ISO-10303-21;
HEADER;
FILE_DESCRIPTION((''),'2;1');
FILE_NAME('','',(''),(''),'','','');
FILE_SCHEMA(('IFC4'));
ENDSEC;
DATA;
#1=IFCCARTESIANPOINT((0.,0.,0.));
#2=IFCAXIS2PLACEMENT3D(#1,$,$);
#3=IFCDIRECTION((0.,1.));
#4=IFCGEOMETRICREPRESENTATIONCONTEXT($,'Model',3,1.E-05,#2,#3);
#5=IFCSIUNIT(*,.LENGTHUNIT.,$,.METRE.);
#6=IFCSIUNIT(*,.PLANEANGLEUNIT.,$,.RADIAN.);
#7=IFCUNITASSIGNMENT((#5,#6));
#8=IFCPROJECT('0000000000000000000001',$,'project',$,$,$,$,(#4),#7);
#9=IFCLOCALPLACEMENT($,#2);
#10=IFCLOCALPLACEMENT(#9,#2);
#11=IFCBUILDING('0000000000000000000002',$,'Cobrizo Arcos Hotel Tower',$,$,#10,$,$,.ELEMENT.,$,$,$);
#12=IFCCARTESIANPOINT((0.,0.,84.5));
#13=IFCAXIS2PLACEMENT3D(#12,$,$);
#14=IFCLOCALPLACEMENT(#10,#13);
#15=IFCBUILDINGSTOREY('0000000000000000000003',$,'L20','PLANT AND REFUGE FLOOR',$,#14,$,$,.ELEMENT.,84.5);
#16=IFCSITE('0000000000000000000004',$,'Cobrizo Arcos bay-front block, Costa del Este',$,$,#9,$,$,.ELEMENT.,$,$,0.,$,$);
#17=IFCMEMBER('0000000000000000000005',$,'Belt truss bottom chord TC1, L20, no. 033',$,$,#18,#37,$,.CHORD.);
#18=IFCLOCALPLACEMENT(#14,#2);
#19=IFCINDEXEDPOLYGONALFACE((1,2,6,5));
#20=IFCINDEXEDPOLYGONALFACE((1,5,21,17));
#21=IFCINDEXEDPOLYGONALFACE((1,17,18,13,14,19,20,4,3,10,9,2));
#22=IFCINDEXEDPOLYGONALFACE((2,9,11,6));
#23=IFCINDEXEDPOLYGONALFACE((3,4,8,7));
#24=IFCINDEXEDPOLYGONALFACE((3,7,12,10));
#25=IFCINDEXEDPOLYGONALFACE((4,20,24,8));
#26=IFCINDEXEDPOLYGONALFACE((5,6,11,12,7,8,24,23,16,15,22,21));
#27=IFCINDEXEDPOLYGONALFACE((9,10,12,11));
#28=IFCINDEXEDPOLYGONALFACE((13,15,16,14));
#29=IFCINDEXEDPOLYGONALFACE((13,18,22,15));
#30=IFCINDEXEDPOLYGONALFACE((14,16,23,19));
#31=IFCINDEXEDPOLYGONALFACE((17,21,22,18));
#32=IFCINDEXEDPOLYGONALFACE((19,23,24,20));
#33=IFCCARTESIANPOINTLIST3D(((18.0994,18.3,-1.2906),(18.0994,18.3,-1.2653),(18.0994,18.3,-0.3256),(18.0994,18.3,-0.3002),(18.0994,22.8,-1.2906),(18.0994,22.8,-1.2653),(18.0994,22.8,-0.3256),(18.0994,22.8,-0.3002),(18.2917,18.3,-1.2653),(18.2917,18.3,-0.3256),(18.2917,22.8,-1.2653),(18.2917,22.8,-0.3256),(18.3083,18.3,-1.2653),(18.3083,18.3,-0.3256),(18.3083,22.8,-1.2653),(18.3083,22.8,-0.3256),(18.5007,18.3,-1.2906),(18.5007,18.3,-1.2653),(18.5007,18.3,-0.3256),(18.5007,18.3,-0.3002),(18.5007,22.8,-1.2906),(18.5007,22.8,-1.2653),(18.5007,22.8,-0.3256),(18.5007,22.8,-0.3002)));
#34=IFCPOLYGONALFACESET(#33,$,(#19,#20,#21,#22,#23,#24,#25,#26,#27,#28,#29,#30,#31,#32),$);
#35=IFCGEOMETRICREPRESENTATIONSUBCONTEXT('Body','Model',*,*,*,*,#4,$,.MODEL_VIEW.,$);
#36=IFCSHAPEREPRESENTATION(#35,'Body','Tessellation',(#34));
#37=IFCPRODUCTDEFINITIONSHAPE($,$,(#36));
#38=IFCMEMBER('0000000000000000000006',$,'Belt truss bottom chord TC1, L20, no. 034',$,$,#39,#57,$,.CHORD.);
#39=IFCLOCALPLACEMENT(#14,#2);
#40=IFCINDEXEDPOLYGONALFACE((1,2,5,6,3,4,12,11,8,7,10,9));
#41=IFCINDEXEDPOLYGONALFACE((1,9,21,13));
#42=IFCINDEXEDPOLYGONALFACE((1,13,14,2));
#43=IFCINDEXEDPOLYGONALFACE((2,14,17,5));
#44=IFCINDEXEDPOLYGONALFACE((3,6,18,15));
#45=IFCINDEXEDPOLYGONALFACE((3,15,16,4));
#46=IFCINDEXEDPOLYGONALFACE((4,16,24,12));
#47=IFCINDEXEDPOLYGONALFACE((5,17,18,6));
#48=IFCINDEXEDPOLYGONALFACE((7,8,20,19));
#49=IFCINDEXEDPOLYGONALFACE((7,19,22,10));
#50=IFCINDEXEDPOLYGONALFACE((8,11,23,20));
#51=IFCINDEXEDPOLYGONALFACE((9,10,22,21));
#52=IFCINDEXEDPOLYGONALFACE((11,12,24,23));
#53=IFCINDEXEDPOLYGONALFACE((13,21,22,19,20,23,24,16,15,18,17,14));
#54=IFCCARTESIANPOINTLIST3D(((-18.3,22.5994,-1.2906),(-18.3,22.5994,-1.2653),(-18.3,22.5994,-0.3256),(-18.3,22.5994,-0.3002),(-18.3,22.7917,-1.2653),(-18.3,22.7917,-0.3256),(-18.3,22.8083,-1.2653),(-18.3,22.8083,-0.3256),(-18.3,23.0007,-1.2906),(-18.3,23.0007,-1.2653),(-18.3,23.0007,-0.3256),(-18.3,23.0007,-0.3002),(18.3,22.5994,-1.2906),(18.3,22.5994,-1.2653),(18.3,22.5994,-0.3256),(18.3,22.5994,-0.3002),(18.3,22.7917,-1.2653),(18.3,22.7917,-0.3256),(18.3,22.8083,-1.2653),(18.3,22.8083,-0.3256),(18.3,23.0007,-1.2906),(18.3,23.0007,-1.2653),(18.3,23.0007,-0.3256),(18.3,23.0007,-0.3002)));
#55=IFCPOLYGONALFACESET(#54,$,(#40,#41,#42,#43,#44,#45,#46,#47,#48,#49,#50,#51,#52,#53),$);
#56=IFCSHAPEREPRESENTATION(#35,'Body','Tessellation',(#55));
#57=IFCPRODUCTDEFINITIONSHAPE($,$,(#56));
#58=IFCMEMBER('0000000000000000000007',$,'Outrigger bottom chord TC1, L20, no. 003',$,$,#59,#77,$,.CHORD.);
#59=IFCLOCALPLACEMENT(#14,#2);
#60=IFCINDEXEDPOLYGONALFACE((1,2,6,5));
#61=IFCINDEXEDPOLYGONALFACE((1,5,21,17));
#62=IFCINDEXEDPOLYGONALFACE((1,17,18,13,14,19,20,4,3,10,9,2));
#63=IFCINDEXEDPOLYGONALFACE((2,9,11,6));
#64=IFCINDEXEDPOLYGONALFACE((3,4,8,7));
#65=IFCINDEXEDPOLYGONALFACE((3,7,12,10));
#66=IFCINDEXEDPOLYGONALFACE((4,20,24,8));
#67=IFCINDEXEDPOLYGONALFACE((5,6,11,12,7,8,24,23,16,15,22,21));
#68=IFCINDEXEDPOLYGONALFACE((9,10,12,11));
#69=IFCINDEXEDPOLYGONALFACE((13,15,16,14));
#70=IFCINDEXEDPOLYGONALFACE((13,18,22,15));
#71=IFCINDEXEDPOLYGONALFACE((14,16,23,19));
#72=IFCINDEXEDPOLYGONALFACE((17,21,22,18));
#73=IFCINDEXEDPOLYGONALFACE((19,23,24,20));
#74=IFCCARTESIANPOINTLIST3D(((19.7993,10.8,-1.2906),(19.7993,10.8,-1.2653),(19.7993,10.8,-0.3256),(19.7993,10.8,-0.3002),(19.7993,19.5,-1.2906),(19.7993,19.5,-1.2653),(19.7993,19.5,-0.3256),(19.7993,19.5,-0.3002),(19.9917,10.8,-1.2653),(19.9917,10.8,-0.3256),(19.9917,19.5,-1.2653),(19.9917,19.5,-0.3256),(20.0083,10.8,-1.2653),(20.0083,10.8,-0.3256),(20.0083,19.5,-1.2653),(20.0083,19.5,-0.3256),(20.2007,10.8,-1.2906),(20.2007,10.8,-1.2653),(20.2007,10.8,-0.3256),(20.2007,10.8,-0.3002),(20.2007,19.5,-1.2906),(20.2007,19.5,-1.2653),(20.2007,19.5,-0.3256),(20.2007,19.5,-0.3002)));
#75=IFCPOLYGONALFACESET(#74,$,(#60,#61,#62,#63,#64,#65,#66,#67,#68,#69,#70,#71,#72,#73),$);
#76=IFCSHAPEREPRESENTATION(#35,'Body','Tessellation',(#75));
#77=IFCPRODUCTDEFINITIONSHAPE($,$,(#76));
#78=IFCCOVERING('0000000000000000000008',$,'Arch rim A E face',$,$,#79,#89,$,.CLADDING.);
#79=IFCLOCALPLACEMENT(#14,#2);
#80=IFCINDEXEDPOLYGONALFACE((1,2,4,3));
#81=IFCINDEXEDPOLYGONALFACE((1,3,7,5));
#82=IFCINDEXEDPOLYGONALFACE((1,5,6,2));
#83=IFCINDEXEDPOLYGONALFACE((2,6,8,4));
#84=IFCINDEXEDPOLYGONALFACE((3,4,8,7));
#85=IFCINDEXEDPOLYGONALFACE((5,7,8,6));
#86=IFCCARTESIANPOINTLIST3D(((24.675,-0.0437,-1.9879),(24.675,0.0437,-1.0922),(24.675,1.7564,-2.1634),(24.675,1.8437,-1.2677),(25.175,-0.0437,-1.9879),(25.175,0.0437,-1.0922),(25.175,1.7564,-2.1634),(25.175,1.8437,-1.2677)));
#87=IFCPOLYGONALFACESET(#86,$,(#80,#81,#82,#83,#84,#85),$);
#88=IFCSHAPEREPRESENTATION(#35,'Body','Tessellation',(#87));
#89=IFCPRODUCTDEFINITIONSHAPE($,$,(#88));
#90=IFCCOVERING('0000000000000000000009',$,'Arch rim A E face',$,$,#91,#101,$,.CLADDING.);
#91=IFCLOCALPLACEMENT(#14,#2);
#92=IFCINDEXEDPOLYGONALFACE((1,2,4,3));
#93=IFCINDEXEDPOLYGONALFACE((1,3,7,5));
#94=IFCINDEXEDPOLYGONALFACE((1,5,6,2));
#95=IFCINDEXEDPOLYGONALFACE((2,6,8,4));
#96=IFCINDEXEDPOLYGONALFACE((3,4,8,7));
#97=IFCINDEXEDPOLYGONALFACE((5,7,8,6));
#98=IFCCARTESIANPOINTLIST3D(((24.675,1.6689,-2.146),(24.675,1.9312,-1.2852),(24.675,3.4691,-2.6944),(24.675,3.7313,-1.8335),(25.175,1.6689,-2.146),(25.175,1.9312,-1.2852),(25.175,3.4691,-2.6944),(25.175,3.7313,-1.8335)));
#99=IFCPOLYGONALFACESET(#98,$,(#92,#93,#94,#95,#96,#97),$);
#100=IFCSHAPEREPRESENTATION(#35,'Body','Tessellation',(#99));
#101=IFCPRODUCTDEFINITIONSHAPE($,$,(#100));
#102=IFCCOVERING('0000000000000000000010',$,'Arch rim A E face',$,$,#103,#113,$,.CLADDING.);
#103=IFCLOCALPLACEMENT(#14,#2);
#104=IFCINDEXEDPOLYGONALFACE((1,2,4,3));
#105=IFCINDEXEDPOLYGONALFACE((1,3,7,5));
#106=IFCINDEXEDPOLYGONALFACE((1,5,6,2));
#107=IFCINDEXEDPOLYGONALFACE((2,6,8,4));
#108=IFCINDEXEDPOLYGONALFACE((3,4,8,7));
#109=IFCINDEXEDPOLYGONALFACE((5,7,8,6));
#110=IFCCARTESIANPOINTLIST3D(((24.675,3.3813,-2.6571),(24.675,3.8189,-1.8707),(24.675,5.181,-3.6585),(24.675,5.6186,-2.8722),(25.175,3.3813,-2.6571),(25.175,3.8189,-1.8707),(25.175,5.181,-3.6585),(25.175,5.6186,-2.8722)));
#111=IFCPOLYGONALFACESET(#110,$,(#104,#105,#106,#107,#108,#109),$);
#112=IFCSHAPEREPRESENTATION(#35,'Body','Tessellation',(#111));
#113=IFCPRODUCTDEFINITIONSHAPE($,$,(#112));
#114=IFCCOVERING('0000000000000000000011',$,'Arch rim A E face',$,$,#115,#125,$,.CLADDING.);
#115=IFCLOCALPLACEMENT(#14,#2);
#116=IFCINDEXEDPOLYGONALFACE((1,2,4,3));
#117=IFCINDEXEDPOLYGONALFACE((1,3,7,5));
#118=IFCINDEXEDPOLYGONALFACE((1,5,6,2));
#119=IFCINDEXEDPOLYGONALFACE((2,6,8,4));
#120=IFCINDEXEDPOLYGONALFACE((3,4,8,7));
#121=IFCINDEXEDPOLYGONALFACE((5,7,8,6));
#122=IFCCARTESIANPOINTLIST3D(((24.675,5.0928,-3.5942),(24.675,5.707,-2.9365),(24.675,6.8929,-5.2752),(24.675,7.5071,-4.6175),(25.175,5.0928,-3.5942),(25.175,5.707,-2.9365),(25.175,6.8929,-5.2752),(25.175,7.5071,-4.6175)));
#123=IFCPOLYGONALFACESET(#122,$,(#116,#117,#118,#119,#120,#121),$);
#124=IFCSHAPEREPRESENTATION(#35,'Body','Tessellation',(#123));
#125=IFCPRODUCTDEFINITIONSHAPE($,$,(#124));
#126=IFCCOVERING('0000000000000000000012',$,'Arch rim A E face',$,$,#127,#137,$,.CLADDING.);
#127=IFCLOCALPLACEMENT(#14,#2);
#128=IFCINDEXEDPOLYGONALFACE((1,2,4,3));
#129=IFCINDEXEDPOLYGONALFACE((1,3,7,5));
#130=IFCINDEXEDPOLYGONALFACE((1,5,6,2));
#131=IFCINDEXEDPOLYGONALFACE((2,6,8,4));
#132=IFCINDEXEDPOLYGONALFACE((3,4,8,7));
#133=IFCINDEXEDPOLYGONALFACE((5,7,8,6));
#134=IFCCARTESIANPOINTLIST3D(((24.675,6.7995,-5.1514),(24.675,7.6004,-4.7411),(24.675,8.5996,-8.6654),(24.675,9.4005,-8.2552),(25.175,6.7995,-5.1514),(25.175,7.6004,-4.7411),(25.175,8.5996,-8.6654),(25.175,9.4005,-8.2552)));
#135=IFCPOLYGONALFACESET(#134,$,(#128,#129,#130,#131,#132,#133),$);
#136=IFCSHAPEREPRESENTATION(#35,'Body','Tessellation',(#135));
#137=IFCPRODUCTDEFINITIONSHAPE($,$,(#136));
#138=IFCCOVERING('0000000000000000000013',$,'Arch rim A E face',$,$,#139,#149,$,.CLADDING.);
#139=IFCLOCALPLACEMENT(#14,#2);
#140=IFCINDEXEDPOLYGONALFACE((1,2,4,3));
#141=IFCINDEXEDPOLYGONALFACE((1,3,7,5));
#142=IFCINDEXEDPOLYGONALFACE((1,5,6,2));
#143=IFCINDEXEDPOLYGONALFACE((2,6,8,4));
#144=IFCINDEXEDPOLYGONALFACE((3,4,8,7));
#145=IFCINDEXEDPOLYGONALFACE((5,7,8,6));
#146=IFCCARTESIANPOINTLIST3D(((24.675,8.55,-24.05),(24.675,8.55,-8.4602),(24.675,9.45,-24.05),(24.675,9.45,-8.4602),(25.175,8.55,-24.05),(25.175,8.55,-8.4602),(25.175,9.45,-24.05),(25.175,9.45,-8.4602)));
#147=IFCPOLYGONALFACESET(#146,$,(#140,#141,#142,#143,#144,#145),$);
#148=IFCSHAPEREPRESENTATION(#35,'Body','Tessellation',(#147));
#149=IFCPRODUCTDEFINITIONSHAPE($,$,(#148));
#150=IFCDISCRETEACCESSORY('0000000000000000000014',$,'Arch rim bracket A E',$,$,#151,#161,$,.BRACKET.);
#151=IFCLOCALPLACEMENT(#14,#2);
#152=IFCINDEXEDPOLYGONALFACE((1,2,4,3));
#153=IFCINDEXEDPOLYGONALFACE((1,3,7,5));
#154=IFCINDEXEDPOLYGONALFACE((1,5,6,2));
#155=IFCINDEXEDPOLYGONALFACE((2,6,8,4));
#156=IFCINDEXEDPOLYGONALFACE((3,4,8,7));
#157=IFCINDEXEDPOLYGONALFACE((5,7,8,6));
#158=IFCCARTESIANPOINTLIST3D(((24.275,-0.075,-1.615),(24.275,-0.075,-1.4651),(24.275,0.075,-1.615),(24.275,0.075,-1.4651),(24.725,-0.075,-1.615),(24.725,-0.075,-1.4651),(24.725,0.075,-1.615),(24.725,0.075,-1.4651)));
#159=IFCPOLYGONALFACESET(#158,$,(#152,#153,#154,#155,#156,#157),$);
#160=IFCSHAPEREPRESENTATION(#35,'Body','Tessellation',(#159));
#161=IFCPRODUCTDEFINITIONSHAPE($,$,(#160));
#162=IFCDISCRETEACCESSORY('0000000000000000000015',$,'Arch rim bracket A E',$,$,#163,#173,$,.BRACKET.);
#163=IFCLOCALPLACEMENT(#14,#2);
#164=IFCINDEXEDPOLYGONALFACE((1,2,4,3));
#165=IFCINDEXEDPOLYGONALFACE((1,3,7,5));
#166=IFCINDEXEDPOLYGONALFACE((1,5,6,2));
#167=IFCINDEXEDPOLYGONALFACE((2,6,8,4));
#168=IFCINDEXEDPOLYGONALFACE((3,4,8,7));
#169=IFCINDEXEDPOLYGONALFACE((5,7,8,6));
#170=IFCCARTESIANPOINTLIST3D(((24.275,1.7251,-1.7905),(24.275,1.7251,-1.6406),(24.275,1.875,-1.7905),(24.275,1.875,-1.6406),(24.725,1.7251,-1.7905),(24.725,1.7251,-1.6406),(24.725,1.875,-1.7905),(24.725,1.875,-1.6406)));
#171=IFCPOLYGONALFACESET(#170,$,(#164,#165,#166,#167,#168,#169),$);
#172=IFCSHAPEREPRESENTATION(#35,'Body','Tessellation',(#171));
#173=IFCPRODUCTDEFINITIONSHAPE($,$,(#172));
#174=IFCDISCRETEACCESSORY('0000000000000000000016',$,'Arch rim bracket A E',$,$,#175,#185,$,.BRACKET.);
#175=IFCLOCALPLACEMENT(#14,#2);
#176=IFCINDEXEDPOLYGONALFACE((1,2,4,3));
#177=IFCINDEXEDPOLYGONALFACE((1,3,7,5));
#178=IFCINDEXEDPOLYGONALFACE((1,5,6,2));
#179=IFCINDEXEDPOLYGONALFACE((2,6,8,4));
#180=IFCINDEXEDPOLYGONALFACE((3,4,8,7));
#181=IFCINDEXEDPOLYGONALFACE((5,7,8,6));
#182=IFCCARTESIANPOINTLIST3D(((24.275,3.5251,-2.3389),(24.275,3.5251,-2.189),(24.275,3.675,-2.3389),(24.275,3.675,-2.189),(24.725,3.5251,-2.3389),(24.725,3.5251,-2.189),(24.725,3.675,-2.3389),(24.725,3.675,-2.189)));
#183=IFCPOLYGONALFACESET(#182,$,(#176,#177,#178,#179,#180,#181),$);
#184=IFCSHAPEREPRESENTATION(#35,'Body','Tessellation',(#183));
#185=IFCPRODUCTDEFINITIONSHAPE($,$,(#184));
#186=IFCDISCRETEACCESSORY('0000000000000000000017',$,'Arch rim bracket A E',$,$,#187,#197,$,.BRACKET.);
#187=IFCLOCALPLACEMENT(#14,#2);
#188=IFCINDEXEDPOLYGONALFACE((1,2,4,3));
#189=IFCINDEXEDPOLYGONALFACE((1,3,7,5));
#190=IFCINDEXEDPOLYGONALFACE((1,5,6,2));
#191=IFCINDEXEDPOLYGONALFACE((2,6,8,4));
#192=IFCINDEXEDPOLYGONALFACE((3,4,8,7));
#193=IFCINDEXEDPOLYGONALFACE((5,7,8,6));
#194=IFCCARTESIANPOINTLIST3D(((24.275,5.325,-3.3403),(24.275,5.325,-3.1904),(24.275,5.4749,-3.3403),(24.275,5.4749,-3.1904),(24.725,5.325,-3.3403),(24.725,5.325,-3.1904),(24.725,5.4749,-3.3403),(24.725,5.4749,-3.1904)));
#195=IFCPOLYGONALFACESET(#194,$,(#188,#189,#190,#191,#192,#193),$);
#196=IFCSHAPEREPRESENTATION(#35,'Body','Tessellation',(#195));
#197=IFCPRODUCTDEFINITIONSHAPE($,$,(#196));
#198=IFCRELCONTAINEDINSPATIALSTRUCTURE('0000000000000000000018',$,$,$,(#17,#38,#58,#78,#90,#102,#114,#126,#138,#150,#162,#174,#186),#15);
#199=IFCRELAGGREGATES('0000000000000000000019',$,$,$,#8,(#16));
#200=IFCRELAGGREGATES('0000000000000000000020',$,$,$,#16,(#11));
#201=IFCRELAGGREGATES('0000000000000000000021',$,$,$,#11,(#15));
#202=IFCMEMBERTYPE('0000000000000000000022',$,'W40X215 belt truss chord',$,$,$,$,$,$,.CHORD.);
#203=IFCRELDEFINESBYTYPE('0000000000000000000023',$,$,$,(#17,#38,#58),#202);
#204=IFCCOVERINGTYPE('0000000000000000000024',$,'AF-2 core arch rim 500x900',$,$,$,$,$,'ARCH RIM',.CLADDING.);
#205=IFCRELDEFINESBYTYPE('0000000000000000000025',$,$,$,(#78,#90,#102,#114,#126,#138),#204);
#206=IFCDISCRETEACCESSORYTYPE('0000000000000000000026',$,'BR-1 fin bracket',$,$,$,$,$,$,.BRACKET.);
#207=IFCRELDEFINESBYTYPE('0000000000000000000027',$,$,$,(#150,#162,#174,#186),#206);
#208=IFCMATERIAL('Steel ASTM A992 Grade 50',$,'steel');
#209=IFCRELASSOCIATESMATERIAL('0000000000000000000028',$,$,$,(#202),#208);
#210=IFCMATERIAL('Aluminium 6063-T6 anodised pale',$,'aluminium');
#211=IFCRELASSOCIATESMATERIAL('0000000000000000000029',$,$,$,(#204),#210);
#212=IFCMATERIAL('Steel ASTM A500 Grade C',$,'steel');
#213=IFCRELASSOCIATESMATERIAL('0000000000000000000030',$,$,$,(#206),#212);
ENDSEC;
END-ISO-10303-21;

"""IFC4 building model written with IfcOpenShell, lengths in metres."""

from ifc_helpers import new_model, si_unit, direction, frame, origin, origin_2d, place, context, subcontext, project, spatial, rectangle, i_section, extrude, material, material_profile, profile_set, type_object, element, save


model = new_model("IFC4")

# Units and contexts
model_context = context("Model", 3, precision=1e-05, world=origin(), true_north=direction((0.0, 1.0)))
body_context = subcontext(model_context, "Body", "Model", "MODEL_VIEW")
ifc_project = project(units=[si_unit("LENGTHUNIT", "METRE"), si_unit("PLANEANGLEUNIT", "RADIAN")], contexts=[model_context])

# Site, building, storey
site_placement = place(None, origin())
site = spatial("IfcSite", under=ifc_project, at=site_placement, Name="Cobrizo Arcos bay-front block, Costa del Este", CompositionType="ELEMENT", RefElevation=0.0)
building_placement = place(site_placement, origin())
building = spatial("IfcBuilding", under=site, at=building_placement, Name="Cobrizo Arcos Hotel Tower", CompositionType="ELEMENT")
storey_placement = place(building_placement, frame((0.0, 0.0, 84.5)))
storey = spatial("IfcBuildingStorey", under=building, at=storey_placement, Name="L20", Description="PLANT AND REFUGE FLOOR", CompositionType="ELEMENT", Elevation=84.5)

# Shared definitions
ifc_material_1 = material(Name="Steel ASTM A992 Grade 50", Category="steel")

# Members
ifc_material_profile_1 = material_profile(ifc_material_1, i_section(OverallWidth=0.4014, OverallDepth=0.9905, WebThickness=0.0166, FlangeThickness=0.0254, at=origin_2d()), Name="W40X215")
ifc_profile_set_1 = profile_set([ifc_material_profile_1], Name="Steel ASTM A992 Grade 50")
member_type = type_object("IfcMemberType", Name="W40X215 belt truss chord", PredefinedType="CHORD", material=ifc_profile_set_1)
for number, where, z_axis, x_axis, name in (
    (1, (18.3, 18.3, -0.7954), (0.0, 1.0, 0.0), (-1.0, 0.0, 0.0), "Belt truss bottom chord TC1, L20, no. 033"),
):
    element("IfcMember", number, at=place(storey_placement, frame(where, z_axis=z_axis, x_axis=x_axis)), inside=storey, type_object=member_type, Name=name, PredefinedType="CHORD", context=body_context, shape_type="SweptSolid", body=[
        extrude(i_section(OverallWidth=0.4014, OverallDepth=0.9905, WebThickness=0.0166, FlangeThickness=0.0254, at=origin_2d()), origin(), (0.0, 0.0, 1.0), 4.5),
    ])
member_1_placement = place(storey_placement, frame((18.3, 22.8, -0.7954), z_axis=(-1.0, 0.0, 0.0), x_axis=(0.0, -1.0, 0.0)))
element("IfcMember", 2, at=member_1_placement, inside=storey, type_object=member_type, Name="Belt truss bottom chord TC1, L20, no. 034", PredefinedType="CHORD", context=body_context, shape_type="SweptSolid", body=[
    extrude(i_section(OverallWidth=0.4014, OverallDepth=0.9905, WebThickness=0.0166, FlangeThickness=0.0254, at=origin_2d()), origin(), (0.0, 0.0, 1.0), 36.6001),
])
member_2_placement = place(storey_placement, frame((20.0, 10.8, -0.7954), z_axis=(0.0, 1.0, 0.0), x_axis=(-1.0, 0.0, 0.0)))
element("IfcMember", 3, at=member_2_placement, inside=storey, type_object=member_type, Name="Outrigger bottom chord TC1, L20, no. 003", PredefinedType="CHORD", context=body_context, shape_type="SweptSolid", body=[
    extrude(i_section(OverallWidth=0.4014, OverallDepth=0.9905, WebThickness=0.0166, FlangeThickness=0.0254, at=origin_2d()), origin(), (0.0, 0.0, 1.0), 8.7),
])

# Coverings
ifc_material_2 = material(Name="Aluminium 6063-T6 anodised pale", Category="aluminium")
ifc_material_profile_2 = material_profile(ifc_material_2, rectangle(XDim=0.5, YDim=0.8999, at=origin_2d()), Name="AF-2 core arch rim 500x900")
ifc_profile_set_2 = profile_set([ifc_material_profile_2], Name="Aluminium 6063-T6 anodised pale")
covering_type = type_object("IfcCoveringType", Name="AF-2 core arch rim 500x900", ElementType="ARCH RIM", PredefinedType="CLADDING", material=ifc_profile_set_2)
covering_1_placement = place(storey_placement, frame((24.925, 0.0, -1.54), z_axis=(0.0, 0.995279, -0.097058), x_axis=(-1.0, 0.0, 0.0)))
element("IfcCovering", 4, at=covering_1_placement, inside=storey, type_object=covering_type, Name="Arch rim A E face", PredefinedType="CLADDING", context=body_context, shape_type="SweptSolid", body=[
    extrude(rectangle(XDim=0.5, YDim=0.8999, at=origin_2d()), origin(), (0.0, 0.0, 1.0), 1.8086),
])
covering_2_placement = place(storey_placement, frame((24.925, 1.8, -1.7156), z_axis=(0.0, 0.9566, -0.291404), x_axis=(-1.0, 0.0, 0.0)))
element("IfcCovering", 5, at=covering_2_placement, inside=storey, type_object=covering_type, Name="Arch rim A E face", PredefinedType="CLADDING", context=body_context, shape_type="SweptSolid", body=[
    extrude(rectangle(XDim=0.5, YDim=0.8999, at=origin_2d()), origin(), (0.0, 0.0, 1.0), 1.8818),
])
covering_3_placement = place(storey_placement, frame((24.925, 3.6001, -2.2639), z_axis=(0.0, 0.873833, -0.486227), x_axis=(-1.0, 0.0, 0.0)))
element("IfcCovering", 6, at=covering_3_placement, inside=storey, type_object=covering_type, Name="Arch rim A E face", PredefinedType="CLADDING", context=body_context, shape_type="SweptSolid", body=[
    extrude(rectangle(XDim=0.5, YDim=0.8999, at=origin_2d()), origin(), (0.0, 0.0, 1.0), 2.0596),
])
covering_4_placement = place(storey_placement, frame((24.925, 5.3999, -3.2654), z_axis=(0.0, 0.730881, -0.682505), x_axis=(-1.0, 0.0, 0.0)))
element("IfcCovering", 7, at=covering_4_placement, inside=storey, type_object=covering_type, Name="Arch rim A E face", PredefinedType="CLADDING", context=body_context, shape_type="SweptSolid", body=[
    extrude(rectangle(XDim=0.5, YDim=0.8999, at=origin_2d()), origin(), (0.0, 0.0, 1.0), 2.4629),
])
covering_5_placement = place(storey_placement, frame((24.925, 7.2, -4.9463), z_axis=(0.0, 0.455924, -0.890019), x_axis=(-1.0, 0.0, 0.0)))
element("IfcCovering", 8, at=covering_5_placement, inside=storey, type_object=covering_type, Name="Arch rim A E face", PredefinedType="CLADDING", context=body_context, shape_type="SweptSolid", body=[
    extrude(rectangle(XDim=0.5, YDim=0.8999, at=origin_2d()), origin(), (0.0, 0.0, 1.0), 3.9482),
])
covering_6_placement = place(storey_placement, frame((24.925, 9.0, -24.05), z_axis=(0.0, 0.0, 1.0), x_axis=(1.0, 0.0, 0.0)))
element("IfcCovering", 9, at=covering_6_placement, inside=storey, type_object=covering_type, Name="Arch rim A E face", PredefinedType="CLADDING", context=body_context, shape_type="SweptSolid", body=[
    extrude(rectangle(XDim=0.5, YDim=0.8999, at=origin_2d()), origin(), (0.0, 0.0, 1.0), 15.5898),
])

# Discrete accessories
ifc_material_3 = material(Name="Steel ASTM A500 Grade C", Category="steel")
discrete_accessory_type_1 = type_object("IfcDiscreteAccessoryType", Name="BR-1 fin bracket", PredefinedType="BRACKET", material=ifc_material_3)
for number, where, z_axis, x_axis, name in (
    (10, (24.5, 0.0, -1.615), (0.0, 0.0, 1.0), (1.0, 0.0, 0.0), "Arch rim bracket A E"),
    (11, (24.5, 1.8, -1.7905), (0.0, 0.0, 1.0), (1.0, 0.0, 0.0), "Arch rim bracket A E"),
    (12, (24.5, 3.6001, -2.3389), (0.0, 0.0, 1.0), (1.0, 0.0, 0.0), "Arch rim bracket A E"),
    (13, (24.5, 5.3999, -3.3403), (0.0, 0.0, 1.0), (1.0, 0.0, 0.0), "Arch rim bracket A E"),
):
    element("IfcDiscreteAccessory", number, at=place(storey_placement, frame(where, z_axis=z_axis, x_axis=x_axis)), inside=storey, type_object=discrete_accessory_type_1, Name=name, PredefinedType="BRACKET", context=body_context, shape_type="SweptSolid", body=[
        extrude(rectangle(XDim=0.45, YDim=0.1499, at=origin_2d()), origin(), (0.0, 0.0, 1.0), 0.1499),
    ])

save(model, "model.ifc")
